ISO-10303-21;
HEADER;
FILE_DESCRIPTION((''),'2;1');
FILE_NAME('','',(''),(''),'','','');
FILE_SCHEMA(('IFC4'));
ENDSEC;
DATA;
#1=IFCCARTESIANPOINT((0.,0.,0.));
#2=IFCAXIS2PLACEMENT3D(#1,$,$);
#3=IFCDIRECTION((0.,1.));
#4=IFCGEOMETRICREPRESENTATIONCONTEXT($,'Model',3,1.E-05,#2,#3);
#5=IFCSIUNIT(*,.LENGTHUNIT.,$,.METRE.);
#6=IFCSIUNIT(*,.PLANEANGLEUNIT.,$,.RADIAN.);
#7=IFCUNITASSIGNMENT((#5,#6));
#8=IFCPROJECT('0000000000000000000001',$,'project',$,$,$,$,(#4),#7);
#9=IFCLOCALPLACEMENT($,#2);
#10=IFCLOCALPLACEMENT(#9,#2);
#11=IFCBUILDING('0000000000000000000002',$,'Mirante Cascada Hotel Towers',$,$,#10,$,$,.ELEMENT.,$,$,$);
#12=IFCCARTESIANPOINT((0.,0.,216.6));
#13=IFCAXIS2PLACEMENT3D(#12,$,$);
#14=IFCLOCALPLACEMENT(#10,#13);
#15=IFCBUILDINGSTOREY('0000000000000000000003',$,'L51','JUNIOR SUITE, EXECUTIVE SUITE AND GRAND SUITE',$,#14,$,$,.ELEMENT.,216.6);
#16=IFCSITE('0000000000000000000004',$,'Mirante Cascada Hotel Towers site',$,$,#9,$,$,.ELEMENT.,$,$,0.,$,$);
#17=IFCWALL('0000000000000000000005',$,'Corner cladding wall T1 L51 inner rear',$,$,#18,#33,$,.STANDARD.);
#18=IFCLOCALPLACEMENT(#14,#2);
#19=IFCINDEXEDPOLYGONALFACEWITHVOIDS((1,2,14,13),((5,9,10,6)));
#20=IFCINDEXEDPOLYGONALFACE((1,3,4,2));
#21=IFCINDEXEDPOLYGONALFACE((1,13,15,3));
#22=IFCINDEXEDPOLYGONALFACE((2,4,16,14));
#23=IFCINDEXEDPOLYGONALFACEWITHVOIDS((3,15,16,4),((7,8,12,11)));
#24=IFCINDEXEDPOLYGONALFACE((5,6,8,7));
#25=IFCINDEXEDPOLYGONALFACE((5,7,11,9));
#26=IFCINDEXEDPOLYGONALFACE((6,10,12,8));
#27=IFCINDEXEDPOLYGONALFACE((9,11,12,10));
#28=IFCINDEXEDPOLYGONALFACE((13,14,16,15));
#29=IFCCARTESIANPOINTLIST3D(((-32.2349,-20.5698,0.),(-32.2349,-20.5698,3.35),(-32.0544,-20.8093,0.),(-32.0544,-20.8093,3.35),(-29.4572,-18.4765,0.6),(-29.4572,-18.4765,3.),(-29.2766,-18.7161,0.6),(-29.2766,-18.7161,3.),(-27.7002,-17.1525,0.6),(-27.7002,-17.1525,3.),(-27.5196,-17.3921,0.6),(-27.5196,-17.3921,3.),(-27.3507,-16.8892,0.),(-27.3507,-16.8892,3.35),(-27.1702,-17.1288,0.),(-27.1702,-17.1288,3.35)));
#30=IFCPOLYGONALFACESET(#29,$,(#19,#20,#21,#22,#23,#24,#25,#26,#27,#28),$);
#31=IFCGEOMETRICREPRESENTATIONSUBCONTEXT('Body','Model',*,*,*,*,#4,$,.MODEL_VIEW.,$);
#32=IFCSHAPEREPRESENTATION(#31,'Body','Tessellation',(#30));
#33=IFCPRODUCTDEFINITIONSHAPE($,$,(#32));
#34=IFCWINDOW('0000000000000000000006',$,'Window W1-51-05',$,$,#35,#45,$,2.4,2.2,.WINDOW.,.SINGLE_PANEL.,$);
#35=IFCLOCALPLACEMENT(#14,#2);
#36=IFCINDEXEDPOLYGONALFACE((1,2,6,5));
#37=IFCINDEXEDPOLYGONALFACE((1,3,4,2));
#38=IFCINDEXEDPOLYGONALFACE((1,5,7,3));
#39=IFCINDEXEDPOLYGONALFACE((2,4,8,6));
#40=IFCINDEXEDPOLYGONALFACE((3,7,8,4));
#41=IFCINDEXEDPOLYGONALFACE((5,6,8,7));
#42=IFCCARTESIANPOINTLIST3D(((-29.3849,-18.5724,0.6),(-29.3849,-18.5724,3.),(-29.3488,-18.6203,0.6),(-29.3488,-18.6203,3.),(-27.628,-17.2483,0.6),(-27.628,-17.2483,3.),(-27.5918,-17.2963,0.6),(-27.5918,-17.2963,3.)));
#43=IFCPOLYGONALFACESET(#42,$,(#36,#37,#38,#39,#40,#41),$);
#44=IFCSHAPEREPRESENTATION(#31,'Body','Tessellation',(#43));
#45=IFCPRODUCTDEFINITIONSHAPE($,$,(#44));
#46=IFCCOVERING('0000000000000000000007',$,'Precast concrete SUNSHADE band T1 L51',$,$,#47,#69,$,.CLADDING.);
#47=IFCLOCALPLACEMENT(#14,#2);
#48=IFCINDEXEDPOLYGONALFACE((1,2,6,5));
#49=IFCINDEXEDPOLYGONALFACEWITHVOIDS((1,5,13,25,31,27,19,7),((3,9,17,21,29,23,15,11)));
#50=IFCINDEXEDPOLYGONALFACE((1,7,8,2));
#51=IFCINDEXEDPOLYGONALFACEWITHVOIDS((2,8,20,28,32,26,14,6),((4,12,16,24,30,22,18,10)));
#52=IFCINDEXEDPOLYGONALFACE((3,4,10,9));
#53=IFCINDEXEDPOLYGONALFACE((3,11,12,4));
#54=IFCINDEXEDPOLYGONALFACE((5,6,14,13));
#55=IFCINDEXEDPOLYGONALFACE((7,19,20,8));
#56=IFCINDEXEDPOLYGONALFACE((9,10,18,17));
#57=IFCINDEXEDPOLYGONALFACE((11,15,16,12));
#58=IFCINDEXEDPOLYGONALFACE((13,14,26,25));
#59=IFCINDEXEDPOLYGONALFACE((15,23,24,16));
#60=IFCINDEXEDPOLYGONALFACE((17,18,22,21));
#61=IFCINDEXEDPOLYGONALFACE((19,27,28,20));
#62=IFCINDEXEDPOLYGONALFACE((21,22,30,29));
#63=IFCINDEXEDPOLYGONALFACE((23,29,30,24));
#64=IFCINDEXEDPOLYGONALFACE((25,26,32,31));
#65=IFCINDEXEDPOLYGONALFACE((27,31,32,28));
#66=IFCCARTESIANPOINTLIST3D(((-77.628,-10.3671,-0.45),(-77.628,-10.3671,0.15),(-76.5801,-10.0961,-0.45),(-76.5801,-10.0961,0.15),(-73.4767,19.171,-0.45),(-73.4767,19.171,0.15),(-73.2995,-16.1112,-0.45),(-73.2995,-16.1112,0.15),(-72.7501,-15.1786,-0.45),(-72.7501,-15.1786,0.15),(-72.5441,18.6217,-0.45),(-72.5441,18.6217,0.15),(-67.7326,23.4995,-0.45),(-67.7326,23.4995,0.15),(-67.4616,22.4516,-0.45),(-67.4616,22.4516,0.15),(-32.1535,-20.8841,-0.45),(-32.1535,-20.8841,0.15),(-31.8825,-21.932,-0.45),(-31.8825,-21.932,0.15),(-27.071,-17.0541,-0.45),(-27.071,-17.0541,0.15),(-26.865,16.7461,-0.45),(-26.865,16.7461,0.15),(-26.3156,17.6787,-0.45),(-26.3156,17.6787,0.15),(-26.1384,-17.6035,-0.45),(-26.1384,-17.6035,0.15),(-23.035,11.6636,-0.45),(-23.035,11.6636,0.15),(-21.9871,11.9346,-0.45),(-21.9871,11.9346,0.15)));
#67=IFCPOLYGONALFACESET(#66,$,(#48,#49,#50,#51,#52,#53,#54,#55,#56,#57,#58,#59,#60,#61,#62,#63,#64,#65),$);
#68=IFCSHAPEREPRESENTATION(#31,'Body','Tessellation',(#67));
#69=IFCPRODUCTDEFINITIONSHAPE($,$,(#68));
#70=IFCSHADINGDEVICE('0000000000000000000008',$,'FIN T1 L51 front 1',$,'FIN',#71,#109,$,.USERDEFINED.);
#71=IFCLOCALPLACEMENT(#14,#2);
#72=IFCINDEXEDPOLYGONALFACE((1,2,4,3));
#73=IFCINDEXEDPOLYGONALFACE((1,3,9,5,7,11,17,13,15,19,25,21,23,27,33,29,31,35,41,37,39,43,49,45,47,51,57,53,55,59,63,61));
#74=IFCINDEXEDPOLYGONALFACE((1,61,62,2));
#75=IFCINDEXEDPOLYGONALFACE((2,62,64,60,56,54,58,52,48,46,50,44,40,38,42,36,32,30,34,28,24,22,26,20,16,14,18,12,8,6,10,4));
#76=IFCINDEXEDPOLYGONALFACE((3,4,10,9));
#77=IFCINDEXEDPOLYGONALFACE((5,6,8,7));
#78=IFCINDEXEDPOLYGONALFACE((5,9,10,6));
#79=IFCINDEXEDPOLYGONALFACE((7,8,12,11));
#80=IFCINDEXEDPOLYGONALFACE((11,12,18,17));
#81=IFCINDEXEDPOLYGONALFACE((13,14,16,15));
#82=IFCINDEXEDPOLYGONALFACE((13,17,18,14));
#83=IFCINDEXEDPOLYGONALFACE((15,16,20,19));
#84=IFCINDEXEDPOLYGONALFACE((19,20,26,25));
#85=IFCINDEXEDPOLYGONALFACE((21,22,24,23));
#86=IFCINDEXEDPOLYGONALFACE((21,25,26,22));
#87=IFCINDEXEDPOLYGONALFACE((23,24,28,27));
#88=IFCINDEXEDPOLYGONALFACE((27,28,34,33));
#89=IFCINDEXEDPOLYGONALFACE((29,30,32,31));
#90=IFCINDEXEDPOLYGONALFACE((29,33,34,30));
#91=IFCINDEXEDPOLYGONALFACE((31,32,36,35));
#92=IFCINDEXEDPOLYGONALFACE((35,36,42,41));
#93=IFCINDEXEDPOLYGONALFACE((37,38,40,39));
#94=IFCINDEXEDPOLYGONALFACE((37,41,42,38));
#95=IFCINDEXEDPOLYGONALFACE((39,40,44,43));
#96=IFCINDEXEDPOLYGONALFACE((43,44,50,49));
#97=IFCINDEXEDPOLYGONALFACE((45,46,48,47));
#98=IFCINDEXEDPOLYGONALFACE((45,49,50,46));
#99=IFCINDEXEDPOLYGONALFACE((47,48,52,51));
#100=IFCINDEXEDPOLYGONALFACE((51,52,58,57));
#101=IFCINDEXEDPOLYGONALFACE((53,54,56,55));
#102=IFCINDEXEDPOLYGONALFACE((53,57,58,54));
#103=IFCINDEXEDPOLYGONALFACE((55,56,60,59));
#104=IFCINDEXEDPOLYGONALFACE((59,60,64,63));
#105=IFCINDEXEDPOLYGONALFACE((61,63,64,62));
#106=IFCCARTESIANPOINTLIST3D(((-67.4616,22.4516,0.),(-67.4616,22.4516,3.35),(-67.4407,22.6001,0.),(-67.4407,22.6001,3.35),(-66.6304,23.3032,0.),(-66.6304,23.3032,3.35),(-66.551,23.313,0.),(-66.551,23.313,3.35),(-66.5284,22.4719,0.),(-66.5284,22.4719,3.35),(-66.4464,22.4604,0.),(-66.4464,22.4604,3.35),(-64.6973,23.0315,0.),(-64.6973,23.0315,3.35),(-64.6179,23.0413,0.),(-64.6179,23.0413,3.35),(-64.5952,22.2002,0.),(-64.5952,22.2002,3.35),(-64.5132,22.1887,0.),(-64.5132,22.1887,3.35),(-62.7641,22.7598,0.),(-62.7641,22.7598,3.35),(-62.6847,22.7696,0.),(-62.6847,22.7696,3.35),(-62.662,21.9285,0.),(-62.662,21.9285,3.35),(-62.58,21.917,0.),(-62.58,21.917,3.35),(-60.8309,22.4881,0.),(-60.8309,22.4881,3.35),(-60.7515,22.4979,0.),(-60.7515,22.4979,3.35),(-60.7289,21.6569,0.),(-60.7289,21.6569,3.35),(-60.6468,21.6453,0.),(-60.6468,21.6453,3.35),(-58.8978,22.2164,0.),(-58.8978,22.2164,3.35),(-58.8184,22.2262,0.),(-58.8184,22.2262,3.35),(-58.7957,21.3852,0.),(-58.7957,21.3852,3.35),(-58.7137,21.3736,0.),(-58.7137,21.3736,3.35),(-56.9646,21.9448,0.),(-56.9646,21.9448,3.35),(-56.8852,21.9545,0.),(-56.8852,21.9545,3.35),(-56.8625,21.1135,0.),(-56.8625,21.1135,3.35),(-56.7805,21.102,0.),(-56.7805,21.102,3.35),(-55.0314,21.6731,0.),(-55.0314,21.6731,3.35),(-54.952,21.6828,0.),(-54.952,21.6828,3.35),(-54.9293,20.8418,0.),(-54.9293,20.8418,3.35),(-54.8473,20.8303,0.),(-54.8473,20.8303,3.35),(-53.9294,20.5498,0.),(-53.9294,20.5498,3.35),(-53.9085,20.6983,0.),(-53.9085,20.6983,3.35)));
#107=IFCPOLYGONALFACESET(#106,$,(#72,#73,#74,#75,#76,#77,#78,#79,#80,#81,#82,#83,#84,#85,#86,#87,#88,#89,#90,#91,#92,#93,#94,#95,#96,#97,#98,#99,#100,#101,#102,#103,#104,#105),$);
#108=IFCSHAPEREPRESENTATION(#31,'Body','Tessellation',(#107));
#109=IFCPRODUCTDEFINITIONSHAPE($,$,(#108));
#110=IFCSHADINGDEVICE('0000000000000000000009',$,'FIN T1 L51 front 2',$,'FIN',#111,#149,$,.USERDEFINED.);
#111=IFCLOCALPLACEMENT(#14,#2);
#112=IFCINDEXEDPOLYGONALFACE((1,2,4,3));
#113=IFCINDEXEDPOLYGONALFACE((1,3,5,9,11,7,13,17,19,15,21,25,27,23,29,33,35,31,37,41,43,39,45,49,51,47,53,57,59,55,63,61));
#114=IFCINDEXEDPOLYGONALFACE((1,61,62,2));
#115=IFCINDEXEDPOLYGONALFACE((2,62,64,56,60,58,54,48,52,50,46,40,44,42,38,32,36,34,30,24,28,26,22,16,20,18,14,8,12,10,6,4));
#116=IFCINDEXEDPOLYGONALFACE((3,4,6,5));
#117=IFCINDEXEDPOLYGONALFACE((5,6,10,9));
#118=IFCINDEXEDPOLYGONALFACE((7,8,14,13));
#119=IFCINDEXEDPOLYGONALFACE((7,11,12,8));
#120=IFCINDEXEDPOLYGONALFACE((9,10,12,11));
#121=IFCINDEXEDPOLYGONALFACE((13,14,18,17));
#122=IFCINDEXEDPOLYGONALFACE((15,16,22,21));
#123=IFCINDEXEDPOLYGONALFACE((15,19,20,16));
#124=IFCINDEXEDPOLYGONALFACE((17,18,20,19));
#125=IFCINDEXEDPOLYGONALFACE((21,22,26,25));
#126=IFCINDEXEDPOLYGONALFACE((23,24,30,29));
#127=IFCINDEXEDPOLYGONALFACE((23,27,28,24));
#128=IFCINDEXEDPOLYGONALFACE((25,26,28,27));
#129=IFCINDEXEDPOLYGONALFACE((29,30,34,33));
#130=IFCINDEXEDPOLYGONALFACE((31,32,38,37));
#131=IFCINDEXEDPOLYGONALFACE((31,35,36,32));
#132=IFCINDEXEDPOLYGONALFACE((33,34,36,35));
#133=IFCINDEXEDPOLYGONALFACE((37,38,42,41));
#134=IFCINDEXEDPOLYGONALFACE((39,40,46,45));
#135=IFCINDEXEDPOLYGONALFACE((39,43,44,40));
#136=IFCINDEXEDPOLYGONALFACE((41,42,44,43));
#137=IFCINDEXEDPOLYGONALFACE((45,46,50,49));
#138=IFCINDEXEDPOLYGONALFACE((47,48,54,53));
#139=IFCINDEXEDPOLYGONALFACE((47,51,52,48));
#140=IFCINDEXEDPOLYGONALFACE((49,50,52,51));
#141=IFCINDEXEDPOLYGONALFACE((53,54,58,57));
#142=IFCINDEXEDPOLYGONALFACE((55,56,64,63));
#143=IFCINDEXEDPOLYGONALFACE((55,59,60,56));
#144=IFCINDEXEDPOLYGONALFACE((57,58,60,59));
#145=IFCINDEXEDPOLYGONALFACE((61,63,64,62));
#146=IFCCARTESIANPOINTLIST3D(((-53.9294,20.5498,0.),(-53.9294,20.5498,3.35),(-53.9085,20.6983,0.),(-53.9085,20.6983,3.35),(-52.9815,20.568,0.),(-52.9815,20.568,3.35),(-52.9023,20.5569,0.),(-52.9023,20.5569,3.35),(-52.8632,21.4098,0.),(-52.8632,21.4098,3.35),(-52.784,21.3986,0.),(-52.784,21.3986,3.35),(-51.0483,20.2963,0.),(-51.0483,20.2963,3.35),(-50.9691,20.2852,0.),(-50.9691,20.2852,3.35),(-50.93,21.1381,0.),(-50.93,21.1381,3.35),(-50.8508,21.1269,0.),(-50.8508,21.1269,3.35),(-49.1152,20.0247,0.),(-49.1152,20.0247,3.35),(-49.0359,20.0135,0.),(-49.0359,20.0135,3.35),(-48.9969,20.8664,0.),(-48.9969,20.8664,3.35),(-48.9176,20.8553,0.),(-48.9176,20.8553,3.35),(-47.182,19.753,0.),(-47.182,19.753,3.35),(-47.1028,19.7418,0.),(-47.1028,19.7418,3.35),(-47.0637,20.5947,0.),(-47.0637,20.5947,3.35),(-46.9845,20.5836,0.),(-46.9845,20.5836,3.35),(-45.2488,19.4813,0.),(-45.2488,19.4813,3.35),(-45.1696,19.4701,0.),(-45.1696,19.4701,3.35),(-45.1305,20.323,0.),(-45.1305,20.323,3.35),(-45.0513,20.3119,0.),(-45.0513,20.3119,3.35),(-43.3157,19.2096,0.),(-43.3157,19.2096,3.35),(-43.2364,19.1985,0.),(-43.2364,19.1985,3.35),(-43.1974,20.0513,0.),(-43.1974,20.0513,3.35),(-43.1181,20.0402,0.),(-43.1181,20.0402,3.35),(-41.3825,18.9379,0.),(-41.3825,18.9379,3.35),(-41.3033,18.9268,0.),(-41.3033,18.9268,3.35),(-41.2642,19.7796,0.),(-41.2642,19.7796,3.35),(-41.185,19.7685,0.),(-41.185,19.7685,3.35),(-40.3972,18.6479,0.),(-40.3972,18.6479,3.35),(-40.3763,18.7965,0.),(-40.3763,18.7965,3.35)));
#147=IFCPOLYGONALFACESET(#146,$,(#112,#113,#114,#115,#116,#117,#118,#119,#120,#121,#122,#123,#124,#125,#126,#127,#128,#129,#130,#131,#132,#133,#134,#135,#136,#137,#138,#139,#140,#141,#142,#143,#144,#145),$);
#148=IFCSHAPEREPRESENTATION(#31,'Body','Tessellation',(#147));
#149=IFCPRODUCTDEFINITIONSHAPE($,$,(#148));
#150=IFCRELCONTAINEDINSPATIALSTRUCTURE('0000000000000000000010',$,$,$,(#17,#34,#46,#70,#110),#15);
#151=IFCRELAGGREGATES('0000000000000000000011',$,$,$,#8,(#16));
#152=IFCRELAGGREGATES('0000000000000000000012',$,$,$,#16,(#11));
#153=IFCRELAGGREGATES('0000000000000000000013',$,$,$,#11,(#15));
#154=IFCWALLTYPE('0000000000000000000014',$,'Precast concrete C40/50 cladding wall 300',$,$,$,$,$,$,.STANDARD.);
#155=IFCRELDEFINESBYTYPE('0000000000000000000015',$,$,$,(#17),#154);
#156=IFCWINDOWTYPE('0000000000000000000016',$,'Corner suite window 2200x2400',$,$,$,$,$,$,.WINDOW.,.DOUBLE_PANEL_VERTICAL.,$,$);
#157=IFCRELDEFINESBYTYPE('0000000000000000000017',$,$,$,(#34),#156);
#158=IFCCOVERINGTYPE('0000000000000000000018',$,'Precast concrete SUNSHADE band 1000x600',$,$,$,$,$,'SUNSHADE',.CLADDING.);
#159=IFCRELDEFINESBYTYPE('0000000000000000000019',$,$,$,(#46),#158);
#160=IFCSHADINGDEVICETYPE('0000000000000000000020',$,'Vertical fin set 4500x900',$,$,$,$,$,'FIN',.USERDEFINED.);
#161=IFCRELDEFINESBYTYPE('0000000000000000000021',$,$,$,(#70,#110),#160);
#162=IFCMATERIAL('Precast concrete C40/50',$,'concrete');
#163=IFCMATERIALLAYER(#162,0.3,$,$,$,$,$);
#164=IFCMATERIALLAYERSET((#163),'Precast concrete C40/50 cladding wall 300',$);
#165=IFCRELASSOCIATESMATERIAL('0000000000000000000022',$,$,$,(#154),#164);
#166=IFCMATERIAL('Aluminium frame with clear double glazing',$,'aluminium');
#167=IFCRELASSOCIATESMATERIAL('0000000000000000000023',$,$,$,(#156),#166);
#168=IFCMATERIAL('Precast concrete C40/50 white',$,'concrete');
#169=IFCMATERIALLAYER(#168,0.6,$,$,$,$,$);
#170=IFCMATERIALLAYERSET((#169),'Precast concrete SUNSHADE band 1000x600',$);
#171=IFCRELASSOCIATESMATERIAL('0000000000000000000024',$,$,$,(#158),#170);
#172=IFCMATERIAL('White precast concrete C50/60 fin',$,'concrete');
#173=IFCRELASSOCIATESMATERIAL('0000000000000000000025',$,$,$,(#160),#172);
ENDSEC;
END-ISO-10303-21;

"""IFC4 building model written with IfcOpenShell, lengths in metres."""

from ifc_helpers import new_model, si_unit, direction, frame, frame_2d, origin, place, context, subcontext, project, spatial, polyline, rectangle, outline, extrude, material, layer, layer_set, type_object, element, fill, save


model = new_model("IFC4")

# Units and contexts
model_context = context("Model", 3, precision=1e-05, world=origin(), true_north=direction((0.0, 1.0)))
body_context = subcontext(model_context, "Body", "Model", "MODEL_VIEW")
ifc_project = project(units=[si_unit("LENGTHUNIT", "METRE"), si_unit("PLANEANGLEUNIT", "RADIAN")], contexts=[model_context])

# Site, building, storey
site_placement = place(None, origin())
site = spatial("IfcSite", under=ifc_project, at=site_placement, Name="Mirante Cascada Hotel Towers site", CompositionType="ELEMENT", RefElevation=0.0)
building_placement = place(site_placement, origin())
building = spatial("IfcBuilding", under=site, at=building_placement, Name="Mirante Cascada Hotel Towers", CompositionType="ELEMENT")
storey_placement = place(building_placement, frame((0.0, 0.0, 216.6)))
storey = spatial("IfcBuildingStorey", under=building, at=storey_placement, Name="L51", Description="JUNIOR SUITE, EXECUTIVE SUITE AND GRAND SUITE", CompositionType="ELEMENT", Elevation=216.6)

# Wall, opening, window
ifc_material_1 = material(Name="Precast concrete C40/50", Category="concrete")
ifc_layer_1 = layer(ifc_material_1, 0.3)
ifc_layer_set_1 = layer_set([ifc_layer_1], Name="Precast concrete C40/50 cladding wall 300")
wall_type_1 = type_object("IfcWallType", Name="Precast concrete C40/50 cladding wall 300", PredefinedType="STANDARD", material=ifc_layer_set_1)
wall_1_placement = place(storey_placement, frame((-27.2605, -17.009, 0.0), z_axis=(0.0, 0.0, 1.0), x_axis=(-0.798628, -0.601824, 0.0)))
wall_1 = element("IfcWall", 1, at=wall_1_placement, inside=storey, type_object=wall_type_1, Name="Corner cladding wall T1 L51 inner rear", PredefinedType="STANDARD", context=body_context, shape_type="SweptSolid", body=[
    extrude(rectangle(XDim=6.1157, YDim=0.3, at=frame_2d((3.0578, 0.0))), origin(), (0.0, 0.0, 1.0), 3.35),
])
opening_1_placement = place(wall_1_placement, frame((0.4375, 0.0, 0.6)))
opening_1 = element("IfcOpeningElement", 2, at=opening_1_placement, cuts=wall_1, PredefinedType="OPENING", context=body_context, shape_type="SweptSolid", body=[
    extrude(rectangle(XDim=2.2, YDim=2.4, at=frame_2d((1.1, 1.2))), frame((0.0, 0.15, 0.0), z_axis=(0.0, -1.0, 0.0), x_axis=(1.0, 0.0, 0.0)), (0.0, 0.0, 1.0), 0.3),
])
ifc_material_2 = material(Name="Aluminium frame with clear double glazing", Category="aluminium")
window_type = type_object("IfcWindowType", Name="Corner suite window 2200x2400", PartitioningType="DOUBLE_PANEL_VERTICAL", PredefinedType="WINDOW", material=ifc_material_2)
window_placement = place(opening_1_placement, origin())
window = element("IfcWindow", 3, at=window_placement, inside=storey, type_object=window_type, Name="Window W1-51-05", OverallHeight=2.4, OverallWidth=2.2, PartitioningType="SINGLE_PANEL", PredefinedType="WINDOW", context=body_context, shape_type="SweptSolid", body=[
    extrude(rectangle(XDim=2.2, YDim=2.4, at=frame_2d((1.1, 1.2))), frame((0.0, 0.03, 0.0), z_axis=(0.0, -1.0, 0.0), x_axis=(1.0, 0.0, 0.0)), (0.0, 0.0, 1.0), 0.06),
])
fill(opening_1, window)

# Covering
ifc_material_3 = material(Name="Precast concrete C40/50 white", Category="concrete")
ifc_layer_2 = layer(ifc_material_3, 0.6)
ifc_layer_set_2 = layer_set([ifc_layer_2], Name="Precast concrete SUNSHADE band 1000x600")
covering_type = type_object("IfcCoveringType", Name="Precast concrete SUNSHADE band 1000x600", ElementType="SUNSHADE", PredefinedType="CLADDING", material=ifc_layer_set_2)
covering_placement = place(storey_placement, frame((0.0, 0.0, -0.45)))
element("IfcCovering", 4, at=covering_placement, inside=storey, type_object=covering_type, Name="Precast concrete SUNSHADE band T1 L51", PredefinedType="CLADDING", context=body_context, shape_type="SweptSolid", body=[
    extrude(outline(polyline([(-77.628, -10.3671), (-73.4767, 19.171), (-67.7326, 23.4995), (-26.3156, 17.6787), (-21.9871, 11.9346), (-26.1384, -17.6035), (-31.8825, -21.932), (-73.2995, -16.1112), (-77.628, -10.3671)]), holes=[polyline([(-23.035, 11.6636), (-26.865, 16.7461), (-67.4616, 22.4516), (-72.5441, 18.6217), (-76.5801, -10.0961), (-72.7501, -15.1786), (-32.1535, -20.8841), (-27.071, -17.0541), (-23.035, 11.6636)])]), origin(), (0.0, 0.0, 1.0), 0.6),
])

# Shading devices
ifc_material_4 = material(Name="White precast concrete C50/60 fin", Category="concrete")
shading_device_type = type_object("IfcShadingDeviceType", Name="Vertical fin set 4500x900", ElementType="FIN", PredefinedType="USERDEFINED", material=ifc_material_4)
shading_device_1_placement = place(storey_placement, origin())
element("IfcShadingDevice", 5, at=shading_device_1_placement, inside=storey, type_object=shading_device_type, Name="FIN T1 L51 front 1", ObjectType="FIN", PredefinedType="USERDEFINED", context=body_context, shape_type="SweptSolid", body=[
    extrude(outline(polyline([(-54.8473, 20.8303), (-53.9085, 20.6983), (-53.9294, 20.5498), (-67.4616, 22.4516), (-67.4407, 22.6001), (-66.5284, 22.4719), (-66.6304, 23.3032), (-66.551, 23.313), (-66.4464, 22.4604), (-64.5952, 22.2002), (-64.6973, 23.0315), (-64.6179, 23.0413), (-64.5132, 22.1887), (-62.662, 21.9285), (-62.7641, 22.7598), (-62.6847, 22.7696), (-62.58, 21.917), (-60.7289, 21.6569), (-60.8309, 22.4881), (-60.7515, 22.4979), (-60.6468, 21.6453), (-58.7957, 21.3852), (-58.8978, 22.2164), (-58.8184, 22.2262), (-58.7137, 21.3736), (-56.8625, 21.1135), (-56.9646, 21.9448), (-56.8852, 21.9545), (-56.7805, 21.102), (-54.9293, 20.8418), (-55.0314, 21.6731), (-54.952, 21.6828), (-54.8473, 20.8303)])), origin(), (0.0, 0.0, 1.0), 3.35),
])
shading_device_2_placement = place(storey_placement, origin())
element("IfcShadingDevice", 6, at=shading_device_2_placement, inside=storey, type_object=shading_device_type, Name="FIN T1 L51 front 2", ObjectType="FIN", PredefinedType="USERDEFINED", context=body_context, shape_type="SweptSolid", body=[
    extrude(outline(polyline([(-41.3033, 18.9268), (-40.3763, 18.7965), (-40.3972, 18.6479), (-53.9294, 20.5498), (-53.9085, 20.6983), (-52.9815, 20.568), (-52.8632, 21.4098), (-52.784, 21.3986), (-52.9023, 20.5569), (-51.0483, 20.2963), (-50.93, 21.1381), (-50.8508, 21.1269), (-50.9691, 20.2852), (-49.1152, 20.0247), (-48.9969, 20.8664), (-48.9176, 20.8553), (-49.0359, 20.0135), (-47.182, 19.753), (-47.0637, 20.5947), (-46.9845, 20.5836), (-47.1028, 19.7418), (-45.2488, 19.4813), (-45.1305, 20.323), (-45.0513, 20.3119), (-45.1696, 19.4701), (-43.3157, 19.2096), (-43.1974, 20.0513), (-43.1181, 20.0402), (-43.2364, 19.1985), (-41.3825, 18.9379), (-41.2642, 19.7796), (-41.185, 19.7685), (-41.3033, 18.9268)])), origin(), (0.0, 0.0, 1.0), 3.35),
])

save(model, "model.ifc")
